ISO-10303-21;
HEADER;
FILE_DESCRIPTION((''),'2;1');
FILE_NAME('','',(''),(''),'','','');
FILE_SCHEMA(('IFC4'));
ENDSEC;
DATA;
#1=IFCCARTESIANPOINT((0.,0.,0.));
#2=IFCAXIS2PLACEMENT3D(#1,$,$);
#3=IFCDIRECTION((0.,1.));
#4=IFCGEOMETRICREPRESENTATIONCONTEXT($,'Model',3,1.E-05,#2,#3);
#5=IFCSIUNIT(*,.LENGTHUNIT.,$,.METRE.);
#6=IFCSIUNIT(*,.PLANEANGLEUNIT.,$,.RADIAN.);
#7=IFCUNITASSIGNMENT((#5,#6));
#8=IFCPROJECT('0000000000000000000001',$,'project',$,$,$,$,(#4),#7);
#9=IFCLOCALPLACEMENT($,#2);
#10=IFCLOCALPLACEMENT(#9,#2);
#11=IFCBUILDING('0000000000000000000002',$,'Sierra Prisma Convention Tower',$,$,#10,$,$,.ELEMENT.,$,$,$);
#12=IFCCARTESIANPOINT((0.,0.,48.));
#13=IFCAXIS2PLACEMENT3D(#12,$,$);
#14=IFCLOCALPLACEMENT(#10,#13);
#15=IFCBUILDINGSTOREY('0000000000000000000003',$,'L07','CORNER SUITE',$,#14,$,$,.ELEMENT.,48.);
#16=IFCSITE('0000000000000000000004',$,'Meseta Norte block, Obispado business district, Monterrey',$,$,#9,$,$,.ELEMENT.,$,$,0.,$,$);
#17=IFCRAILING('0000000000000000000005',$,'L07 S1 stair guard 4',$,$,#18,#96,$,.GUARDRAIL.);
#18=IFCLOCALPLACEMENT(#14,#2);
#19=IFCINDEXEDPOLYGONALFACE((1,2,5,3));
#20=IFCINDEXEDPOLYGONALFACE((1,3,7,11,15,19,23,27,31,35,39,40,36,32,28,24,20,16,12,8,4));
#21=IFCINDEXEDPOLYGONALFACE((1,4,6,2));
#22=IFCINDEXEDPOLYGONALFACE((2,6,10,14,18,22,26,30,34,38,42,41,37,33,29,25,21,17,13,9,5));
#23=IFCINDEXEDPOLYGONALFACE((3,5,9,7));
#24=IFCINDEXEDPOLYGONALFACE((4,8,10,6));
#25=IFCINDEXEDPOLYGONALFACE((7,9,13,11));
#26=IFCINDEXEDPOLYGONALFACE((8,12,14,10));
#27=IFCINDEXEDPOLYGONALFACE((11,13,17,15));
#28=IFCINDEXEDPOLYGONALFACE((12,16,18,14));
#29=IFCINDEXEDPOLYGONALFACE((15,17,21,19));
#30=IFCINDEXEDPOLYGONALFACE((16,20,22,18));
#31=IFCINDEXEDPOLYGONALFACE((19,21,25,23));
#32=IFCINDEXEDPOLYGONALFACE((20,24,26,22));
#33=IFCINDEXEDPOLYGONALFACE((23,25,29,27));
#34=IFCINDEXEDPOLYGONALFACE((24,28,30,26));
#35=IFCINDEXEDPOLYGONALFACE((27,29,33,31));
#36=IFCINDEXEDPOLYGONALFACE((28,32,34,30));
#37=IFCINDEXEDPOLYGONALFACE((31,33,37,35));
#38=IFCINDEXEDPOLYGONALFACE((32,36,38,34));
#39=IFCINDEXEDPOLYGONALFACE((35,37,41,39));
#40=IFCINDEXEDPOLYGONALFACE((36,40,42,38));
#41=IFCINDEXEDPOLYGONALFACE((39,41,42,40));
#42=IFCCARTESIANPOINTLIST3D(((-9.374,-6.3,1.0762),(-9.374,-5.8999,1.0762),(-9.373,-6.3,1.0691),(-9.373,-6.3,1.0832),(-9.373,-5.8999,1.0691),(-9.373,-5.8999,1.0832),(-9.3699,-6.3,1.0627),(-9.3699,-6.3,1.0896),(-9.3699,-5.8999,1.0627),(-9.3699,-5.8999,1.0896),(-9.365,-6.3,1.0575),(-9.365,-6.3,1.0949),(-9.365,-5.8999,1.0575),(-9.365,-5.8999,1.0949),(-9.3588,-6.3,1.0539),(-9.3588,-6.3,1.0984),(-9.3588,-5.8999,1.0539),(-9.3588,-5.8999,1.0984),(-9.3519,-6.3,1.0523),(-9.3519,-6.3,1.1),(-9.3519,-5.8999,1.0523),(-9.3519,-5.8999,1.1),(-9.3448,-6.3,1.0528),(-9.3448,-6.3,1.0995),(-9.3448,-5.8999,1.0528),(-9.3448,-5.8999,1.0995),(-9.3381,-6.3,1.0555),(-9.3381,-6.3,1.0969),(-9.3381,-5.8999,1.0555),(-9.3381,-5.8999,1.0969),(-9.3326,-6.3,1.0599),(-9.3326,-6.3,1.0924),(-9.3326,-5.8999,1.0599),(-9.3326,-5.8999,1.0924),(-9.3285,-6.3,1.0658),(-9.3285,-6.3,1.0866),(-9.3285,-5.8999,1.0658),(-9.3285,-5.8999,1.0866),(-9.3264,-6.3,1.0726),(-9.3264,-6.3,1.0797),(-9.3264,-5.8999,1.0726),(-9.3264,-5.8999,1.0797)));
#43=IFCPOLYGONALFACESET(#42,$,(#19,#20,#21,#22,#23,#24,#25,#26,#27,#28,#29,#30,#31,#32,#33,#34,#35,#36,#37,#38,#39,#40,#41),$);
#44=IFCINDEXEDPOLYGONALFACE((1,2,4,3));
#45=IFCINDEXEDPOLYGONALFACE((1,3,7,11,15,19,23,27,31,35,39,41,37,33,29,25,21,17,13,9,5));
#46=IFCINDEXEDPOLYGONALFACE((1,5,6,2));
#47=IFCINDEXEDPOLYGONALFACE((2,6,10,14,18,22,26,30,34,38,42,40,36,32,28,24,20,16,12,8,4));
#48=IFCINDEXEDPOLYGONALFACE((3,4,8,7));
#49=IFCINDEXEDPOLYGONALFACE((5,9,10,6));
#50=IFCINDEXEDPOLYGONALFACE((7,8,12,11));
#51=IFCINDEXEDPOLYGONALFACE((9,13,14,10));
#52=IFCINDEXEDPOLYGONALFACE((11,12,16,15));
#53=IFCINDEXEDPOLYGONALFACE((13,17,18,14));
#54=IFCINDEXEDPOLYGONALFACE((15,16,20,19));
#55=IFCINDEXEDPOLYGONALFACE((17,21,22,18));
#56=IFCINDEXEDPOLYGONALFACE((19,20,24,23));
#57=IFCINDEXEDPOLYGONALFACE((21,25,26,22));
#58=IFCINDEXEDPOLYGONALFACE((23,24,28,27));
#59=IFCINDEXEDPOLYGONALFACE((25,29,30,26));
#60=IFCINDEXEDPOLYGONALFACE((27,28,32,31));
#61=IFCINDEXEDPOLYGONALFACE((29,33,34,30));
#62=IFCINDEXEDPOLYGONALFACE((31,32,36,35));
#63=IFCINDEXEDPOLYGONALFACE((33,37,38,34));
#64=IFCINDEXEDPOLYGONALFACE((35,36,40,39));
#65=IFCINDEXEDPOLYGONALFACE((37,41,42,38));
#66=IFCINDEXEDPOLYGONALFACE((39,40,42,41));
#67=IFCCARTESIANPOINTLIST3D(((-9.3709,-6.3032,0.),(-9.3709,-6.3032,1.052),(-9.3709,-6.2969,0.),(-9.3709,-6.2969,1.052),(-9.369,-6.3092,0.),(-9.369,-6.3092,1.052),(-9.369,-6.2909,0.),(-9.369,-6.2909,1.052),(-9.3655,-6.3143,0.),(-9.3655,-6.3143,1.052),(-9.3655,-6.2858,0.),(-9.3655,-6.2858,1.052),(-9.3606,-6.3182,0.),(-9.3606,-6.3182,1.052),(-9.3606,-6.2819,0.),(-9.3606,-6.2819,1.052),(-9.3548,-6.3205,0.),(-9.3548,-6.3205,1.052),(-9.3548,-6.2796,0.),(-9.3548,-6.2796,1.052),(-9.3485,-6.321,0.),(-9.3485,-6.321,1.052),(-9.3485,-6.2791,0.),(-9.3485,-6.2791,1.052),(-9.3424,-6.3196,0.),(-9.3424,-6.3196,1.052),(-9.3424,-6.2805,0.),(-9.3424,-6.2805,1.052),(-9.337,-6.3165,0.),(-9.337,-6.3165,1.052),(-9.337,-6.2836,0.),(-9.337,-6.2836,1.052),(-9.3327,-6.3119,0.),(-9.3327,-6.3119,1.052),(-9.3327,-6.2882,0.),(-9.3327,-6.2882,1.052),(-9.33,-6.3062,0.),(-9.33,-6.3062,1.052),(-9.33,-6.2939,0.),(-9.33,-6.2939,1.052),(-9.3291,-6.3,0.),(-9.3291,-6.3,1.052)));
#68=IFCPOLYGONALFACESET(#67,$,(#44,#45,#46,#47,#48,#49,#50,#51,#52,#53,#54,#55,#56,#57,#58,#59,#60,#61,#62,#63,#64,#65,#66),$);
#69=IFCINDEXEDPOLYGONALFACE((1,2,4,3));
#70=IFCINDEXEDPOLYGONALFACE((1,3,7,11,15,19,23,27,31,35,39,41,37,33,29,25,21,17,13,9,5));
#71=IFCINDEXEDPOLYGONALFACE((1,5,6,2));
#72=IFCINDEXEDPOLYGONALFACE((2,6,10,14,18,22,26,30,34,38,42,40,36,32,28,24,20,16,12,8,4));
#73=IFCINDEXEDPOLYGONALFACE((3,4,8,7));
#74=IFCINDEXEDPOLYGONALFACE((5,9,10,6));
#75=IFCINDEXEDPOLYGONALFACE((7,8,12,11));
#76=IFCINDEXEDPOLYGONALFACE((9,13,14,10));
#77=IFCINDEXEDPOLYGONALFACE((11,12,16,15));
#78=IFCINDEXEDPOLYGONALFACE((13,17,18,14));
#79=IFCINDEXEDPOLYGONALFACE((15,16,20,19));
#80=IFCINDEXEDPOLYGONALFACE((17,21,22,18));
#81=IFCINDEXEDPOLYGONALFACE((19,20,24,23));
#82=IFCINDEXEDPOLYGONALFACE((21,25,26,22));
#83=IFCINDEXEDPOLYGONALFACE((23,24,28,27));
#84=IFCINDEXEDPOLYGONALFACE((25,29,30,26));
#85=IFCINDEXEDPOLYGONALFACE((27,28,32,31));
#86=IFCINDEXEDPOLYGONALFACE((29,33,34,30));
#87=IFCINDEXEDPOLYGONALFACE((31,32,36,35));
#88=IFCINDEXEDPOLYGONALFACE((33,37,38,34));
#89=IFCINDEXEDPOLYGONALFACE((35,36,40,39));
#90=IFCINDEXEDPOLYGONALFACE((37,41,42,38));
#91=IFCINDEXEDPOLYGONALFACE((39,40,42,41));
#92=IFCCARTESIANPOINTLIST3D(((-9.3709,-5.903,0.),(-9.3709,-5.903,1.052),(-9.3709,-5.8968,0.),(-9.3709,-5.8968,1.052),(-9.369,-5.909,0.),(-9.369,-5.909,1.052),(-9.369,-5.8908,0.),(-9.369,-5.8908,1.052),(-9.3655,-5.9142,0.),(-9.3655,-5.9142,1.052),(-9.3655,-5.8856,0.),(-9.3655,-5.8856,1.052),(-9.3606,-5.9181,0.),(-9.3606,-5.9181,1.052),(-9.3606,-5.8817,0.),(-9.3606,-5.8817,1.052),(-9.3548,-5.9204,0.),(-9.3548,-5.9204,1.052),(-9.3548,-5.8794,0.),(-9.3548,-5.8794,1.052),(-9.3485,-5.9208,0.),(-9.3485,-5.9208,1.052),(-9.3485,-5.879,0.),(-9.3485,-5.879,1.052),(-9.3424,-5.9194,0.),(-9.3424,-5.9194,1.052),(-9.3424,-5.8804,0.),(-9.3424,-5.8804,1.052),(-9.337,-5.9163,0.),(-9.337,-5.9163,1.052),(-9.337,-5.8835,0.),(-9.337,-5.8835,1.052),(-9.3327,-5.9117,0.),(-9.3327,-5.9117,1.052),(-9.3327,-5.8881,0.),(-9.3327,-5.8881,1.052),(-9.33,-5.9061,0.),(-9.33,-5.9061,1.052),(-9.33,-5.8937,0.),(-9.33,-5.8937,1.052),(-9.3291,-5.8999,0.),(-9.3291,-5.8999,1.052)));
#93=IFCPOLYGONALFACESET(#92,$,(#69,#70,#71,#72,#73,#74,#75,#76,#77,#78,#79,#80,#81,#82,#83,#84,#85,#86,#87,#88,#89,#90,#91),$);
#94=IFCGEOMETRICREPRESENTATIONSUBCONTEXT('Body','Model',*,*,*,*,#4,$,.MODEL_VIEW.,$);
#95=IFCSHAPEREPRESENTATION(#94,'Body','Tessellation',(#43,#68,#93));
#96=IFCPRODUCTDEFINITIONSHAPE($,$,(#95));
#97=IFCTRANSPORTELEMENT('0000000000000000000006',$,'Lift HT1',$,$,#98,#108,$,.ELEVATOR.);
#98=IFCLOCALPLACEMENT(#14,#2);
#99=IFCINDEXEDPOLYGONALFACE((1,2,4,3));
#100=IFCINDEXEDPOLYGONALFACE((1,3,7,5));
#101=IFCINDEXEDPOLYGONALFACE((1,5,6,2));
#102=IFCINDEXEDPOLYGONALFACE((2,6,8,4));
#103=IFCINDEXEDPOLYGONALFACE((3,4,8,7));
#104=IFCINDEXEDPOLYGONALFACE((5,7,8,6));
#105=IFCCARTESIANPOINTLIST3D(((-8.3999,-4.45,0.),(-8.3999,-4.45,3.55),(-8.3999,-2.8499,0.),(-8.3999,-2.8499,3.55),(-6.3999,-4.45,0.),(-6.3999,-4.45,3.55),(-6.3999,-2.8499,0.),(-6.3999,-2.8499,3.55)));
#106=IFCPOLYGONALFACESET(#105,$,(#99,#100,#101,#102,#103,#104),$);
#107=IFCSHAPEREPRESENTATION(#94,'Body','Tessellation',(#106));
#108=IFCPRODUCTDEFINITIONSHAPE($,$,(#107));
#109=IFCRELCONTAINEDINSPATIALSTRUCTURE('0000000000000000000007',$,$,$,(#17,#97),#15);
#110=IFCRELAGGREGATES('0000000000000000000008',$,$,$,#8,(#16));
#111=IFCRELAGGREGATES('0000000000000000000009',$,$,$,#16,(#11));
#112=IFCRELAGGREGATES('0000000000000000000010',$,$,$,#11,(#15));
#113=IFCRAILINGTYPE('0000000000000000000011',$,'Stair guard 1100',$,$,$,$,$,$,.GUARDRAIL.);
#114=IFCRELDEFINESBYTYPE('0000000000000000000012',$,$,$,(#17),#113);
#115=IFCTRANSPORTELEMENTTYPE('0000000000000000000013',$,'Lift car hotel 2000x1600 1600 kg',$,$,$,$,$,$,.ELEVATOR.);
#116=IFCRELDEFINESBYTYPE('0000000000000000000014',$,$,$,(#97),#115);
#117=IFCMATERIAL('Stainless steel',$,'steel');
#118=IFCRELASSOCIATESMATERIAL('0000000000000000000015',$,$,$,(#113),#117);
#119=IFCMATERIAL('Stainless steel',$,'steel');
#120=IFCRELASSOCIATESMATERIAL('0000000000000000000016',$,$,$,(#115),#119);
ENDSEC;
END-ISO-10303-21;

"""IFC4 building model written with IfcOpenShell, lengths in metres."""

from ifc_helpers import new_model, si_unit, direction, frame, origin, origin_2d, place, context, subcontext, project, spatial, rectangle, circle, extrude, material, type_object, element, save


model = new_model("IFC4")

# Units and contexts
model_context = context("Model", 3, precision=1e-05, world=origin(), true_north=direction((0.0, 1.0)))
body_context = subcontext(model_context, "Body", "Model", "MODEL_VIEW")
ifc_project = project(units=[si_unit("LENGTHUNIT", "METRE"), si_unit("PLANEANGLEUNIT", "RADIAN")], contexts=[model_context])

# Site, building, storey
site_placement = place(None, origin())
site = spatial("IfcSite", under=ifc_project, at=site_placement, Name="Meseta Norte block, Obispado business district, Monterrey", CompositionType="ELEMENT", RefElevation=0.0)
building_placement = place(site_placement, origin())
building = spatial("IfcBuilding", under=site, at=building_placement, Name="Sierra Prisma Convention Tower", CompositionType="ELEMENT")
storey_placement = place(building_placement, frame((0.0, 0.0, 48.0)))
storey = spatial("IfcBuildingStorey", under=building, at=storey_placement, Name="L07", Description="CORNER SUITE", CompositionType="ELEMENT", Elevation=48.0)

# Railing
ifc_material_1 = material(Name="Stainless steel", Category="steel")
railing_type_1 = type_object("IfcRailingType", Name="Stair guard 1100", PredefinedType="GUARDRAIL", material=ifc_material_1)
railing_1_placement = place(storey_placement, frame((-9.3501, -6.3, 0.0)))
element("IfcRailing", 1, at=railing_1_placement, inside=storey, type_object=railing_type_1, Name="L07 S1 stair guard 4", PredefinedType="GUARDRAIL", context=body_context, shape_type="SweptSolid", body=[
    extrude(circle(Radius=0.0239, at=origin_2d()), frame((0.0, 0.0, 1.0762), z_axis=(0.0, 1.0, 0.0), x_axis=(-1.0, 0.0, 0.0)), (0.0, 0.0, 1.0), 0.4001),
    extrude(circle(Radius=0.021, at=origin_2d()), origin(), (0.0, 0.0, 1.0), 1.052),
    extrude(circle(Radius=0.021, at=origin_2d()), frame((0.0, 0.4001, 0.0)), (0.0, 0.0, 1.0), 1.052),
])

# Transport element
ifc_material_2 = material(Name="Stainless steel", Category="steel")
transport_element_type = type_object("IfcTransportElementType", Name="Lift car hotel 2000x1600 1600 kg", PredefinedType="ELEVATOR", material=ifc_material_2)
transport_element_placement = place(storey_placement, frame((-7.3999, -3.6499, 0.0), z_axis=(0.0, 0.0, 1.0), x_axis=(1.0, 0.0, 0.0)))
element("IfcTransportElement", 2, at=transport_element_placement, inside=storey, type_object=transport_element_type, Name="Lift HT1", PredefinedType="ELEVATOR", context=body_context, shape_type="SweptSolid", body=[
    extrude(rectangle(XDim=2.0, YDim=1.6001, at=origin_2d()), origin(), (0.0, 0.0, 1.0), 3.55),
])

save(model, "model.ifc")
